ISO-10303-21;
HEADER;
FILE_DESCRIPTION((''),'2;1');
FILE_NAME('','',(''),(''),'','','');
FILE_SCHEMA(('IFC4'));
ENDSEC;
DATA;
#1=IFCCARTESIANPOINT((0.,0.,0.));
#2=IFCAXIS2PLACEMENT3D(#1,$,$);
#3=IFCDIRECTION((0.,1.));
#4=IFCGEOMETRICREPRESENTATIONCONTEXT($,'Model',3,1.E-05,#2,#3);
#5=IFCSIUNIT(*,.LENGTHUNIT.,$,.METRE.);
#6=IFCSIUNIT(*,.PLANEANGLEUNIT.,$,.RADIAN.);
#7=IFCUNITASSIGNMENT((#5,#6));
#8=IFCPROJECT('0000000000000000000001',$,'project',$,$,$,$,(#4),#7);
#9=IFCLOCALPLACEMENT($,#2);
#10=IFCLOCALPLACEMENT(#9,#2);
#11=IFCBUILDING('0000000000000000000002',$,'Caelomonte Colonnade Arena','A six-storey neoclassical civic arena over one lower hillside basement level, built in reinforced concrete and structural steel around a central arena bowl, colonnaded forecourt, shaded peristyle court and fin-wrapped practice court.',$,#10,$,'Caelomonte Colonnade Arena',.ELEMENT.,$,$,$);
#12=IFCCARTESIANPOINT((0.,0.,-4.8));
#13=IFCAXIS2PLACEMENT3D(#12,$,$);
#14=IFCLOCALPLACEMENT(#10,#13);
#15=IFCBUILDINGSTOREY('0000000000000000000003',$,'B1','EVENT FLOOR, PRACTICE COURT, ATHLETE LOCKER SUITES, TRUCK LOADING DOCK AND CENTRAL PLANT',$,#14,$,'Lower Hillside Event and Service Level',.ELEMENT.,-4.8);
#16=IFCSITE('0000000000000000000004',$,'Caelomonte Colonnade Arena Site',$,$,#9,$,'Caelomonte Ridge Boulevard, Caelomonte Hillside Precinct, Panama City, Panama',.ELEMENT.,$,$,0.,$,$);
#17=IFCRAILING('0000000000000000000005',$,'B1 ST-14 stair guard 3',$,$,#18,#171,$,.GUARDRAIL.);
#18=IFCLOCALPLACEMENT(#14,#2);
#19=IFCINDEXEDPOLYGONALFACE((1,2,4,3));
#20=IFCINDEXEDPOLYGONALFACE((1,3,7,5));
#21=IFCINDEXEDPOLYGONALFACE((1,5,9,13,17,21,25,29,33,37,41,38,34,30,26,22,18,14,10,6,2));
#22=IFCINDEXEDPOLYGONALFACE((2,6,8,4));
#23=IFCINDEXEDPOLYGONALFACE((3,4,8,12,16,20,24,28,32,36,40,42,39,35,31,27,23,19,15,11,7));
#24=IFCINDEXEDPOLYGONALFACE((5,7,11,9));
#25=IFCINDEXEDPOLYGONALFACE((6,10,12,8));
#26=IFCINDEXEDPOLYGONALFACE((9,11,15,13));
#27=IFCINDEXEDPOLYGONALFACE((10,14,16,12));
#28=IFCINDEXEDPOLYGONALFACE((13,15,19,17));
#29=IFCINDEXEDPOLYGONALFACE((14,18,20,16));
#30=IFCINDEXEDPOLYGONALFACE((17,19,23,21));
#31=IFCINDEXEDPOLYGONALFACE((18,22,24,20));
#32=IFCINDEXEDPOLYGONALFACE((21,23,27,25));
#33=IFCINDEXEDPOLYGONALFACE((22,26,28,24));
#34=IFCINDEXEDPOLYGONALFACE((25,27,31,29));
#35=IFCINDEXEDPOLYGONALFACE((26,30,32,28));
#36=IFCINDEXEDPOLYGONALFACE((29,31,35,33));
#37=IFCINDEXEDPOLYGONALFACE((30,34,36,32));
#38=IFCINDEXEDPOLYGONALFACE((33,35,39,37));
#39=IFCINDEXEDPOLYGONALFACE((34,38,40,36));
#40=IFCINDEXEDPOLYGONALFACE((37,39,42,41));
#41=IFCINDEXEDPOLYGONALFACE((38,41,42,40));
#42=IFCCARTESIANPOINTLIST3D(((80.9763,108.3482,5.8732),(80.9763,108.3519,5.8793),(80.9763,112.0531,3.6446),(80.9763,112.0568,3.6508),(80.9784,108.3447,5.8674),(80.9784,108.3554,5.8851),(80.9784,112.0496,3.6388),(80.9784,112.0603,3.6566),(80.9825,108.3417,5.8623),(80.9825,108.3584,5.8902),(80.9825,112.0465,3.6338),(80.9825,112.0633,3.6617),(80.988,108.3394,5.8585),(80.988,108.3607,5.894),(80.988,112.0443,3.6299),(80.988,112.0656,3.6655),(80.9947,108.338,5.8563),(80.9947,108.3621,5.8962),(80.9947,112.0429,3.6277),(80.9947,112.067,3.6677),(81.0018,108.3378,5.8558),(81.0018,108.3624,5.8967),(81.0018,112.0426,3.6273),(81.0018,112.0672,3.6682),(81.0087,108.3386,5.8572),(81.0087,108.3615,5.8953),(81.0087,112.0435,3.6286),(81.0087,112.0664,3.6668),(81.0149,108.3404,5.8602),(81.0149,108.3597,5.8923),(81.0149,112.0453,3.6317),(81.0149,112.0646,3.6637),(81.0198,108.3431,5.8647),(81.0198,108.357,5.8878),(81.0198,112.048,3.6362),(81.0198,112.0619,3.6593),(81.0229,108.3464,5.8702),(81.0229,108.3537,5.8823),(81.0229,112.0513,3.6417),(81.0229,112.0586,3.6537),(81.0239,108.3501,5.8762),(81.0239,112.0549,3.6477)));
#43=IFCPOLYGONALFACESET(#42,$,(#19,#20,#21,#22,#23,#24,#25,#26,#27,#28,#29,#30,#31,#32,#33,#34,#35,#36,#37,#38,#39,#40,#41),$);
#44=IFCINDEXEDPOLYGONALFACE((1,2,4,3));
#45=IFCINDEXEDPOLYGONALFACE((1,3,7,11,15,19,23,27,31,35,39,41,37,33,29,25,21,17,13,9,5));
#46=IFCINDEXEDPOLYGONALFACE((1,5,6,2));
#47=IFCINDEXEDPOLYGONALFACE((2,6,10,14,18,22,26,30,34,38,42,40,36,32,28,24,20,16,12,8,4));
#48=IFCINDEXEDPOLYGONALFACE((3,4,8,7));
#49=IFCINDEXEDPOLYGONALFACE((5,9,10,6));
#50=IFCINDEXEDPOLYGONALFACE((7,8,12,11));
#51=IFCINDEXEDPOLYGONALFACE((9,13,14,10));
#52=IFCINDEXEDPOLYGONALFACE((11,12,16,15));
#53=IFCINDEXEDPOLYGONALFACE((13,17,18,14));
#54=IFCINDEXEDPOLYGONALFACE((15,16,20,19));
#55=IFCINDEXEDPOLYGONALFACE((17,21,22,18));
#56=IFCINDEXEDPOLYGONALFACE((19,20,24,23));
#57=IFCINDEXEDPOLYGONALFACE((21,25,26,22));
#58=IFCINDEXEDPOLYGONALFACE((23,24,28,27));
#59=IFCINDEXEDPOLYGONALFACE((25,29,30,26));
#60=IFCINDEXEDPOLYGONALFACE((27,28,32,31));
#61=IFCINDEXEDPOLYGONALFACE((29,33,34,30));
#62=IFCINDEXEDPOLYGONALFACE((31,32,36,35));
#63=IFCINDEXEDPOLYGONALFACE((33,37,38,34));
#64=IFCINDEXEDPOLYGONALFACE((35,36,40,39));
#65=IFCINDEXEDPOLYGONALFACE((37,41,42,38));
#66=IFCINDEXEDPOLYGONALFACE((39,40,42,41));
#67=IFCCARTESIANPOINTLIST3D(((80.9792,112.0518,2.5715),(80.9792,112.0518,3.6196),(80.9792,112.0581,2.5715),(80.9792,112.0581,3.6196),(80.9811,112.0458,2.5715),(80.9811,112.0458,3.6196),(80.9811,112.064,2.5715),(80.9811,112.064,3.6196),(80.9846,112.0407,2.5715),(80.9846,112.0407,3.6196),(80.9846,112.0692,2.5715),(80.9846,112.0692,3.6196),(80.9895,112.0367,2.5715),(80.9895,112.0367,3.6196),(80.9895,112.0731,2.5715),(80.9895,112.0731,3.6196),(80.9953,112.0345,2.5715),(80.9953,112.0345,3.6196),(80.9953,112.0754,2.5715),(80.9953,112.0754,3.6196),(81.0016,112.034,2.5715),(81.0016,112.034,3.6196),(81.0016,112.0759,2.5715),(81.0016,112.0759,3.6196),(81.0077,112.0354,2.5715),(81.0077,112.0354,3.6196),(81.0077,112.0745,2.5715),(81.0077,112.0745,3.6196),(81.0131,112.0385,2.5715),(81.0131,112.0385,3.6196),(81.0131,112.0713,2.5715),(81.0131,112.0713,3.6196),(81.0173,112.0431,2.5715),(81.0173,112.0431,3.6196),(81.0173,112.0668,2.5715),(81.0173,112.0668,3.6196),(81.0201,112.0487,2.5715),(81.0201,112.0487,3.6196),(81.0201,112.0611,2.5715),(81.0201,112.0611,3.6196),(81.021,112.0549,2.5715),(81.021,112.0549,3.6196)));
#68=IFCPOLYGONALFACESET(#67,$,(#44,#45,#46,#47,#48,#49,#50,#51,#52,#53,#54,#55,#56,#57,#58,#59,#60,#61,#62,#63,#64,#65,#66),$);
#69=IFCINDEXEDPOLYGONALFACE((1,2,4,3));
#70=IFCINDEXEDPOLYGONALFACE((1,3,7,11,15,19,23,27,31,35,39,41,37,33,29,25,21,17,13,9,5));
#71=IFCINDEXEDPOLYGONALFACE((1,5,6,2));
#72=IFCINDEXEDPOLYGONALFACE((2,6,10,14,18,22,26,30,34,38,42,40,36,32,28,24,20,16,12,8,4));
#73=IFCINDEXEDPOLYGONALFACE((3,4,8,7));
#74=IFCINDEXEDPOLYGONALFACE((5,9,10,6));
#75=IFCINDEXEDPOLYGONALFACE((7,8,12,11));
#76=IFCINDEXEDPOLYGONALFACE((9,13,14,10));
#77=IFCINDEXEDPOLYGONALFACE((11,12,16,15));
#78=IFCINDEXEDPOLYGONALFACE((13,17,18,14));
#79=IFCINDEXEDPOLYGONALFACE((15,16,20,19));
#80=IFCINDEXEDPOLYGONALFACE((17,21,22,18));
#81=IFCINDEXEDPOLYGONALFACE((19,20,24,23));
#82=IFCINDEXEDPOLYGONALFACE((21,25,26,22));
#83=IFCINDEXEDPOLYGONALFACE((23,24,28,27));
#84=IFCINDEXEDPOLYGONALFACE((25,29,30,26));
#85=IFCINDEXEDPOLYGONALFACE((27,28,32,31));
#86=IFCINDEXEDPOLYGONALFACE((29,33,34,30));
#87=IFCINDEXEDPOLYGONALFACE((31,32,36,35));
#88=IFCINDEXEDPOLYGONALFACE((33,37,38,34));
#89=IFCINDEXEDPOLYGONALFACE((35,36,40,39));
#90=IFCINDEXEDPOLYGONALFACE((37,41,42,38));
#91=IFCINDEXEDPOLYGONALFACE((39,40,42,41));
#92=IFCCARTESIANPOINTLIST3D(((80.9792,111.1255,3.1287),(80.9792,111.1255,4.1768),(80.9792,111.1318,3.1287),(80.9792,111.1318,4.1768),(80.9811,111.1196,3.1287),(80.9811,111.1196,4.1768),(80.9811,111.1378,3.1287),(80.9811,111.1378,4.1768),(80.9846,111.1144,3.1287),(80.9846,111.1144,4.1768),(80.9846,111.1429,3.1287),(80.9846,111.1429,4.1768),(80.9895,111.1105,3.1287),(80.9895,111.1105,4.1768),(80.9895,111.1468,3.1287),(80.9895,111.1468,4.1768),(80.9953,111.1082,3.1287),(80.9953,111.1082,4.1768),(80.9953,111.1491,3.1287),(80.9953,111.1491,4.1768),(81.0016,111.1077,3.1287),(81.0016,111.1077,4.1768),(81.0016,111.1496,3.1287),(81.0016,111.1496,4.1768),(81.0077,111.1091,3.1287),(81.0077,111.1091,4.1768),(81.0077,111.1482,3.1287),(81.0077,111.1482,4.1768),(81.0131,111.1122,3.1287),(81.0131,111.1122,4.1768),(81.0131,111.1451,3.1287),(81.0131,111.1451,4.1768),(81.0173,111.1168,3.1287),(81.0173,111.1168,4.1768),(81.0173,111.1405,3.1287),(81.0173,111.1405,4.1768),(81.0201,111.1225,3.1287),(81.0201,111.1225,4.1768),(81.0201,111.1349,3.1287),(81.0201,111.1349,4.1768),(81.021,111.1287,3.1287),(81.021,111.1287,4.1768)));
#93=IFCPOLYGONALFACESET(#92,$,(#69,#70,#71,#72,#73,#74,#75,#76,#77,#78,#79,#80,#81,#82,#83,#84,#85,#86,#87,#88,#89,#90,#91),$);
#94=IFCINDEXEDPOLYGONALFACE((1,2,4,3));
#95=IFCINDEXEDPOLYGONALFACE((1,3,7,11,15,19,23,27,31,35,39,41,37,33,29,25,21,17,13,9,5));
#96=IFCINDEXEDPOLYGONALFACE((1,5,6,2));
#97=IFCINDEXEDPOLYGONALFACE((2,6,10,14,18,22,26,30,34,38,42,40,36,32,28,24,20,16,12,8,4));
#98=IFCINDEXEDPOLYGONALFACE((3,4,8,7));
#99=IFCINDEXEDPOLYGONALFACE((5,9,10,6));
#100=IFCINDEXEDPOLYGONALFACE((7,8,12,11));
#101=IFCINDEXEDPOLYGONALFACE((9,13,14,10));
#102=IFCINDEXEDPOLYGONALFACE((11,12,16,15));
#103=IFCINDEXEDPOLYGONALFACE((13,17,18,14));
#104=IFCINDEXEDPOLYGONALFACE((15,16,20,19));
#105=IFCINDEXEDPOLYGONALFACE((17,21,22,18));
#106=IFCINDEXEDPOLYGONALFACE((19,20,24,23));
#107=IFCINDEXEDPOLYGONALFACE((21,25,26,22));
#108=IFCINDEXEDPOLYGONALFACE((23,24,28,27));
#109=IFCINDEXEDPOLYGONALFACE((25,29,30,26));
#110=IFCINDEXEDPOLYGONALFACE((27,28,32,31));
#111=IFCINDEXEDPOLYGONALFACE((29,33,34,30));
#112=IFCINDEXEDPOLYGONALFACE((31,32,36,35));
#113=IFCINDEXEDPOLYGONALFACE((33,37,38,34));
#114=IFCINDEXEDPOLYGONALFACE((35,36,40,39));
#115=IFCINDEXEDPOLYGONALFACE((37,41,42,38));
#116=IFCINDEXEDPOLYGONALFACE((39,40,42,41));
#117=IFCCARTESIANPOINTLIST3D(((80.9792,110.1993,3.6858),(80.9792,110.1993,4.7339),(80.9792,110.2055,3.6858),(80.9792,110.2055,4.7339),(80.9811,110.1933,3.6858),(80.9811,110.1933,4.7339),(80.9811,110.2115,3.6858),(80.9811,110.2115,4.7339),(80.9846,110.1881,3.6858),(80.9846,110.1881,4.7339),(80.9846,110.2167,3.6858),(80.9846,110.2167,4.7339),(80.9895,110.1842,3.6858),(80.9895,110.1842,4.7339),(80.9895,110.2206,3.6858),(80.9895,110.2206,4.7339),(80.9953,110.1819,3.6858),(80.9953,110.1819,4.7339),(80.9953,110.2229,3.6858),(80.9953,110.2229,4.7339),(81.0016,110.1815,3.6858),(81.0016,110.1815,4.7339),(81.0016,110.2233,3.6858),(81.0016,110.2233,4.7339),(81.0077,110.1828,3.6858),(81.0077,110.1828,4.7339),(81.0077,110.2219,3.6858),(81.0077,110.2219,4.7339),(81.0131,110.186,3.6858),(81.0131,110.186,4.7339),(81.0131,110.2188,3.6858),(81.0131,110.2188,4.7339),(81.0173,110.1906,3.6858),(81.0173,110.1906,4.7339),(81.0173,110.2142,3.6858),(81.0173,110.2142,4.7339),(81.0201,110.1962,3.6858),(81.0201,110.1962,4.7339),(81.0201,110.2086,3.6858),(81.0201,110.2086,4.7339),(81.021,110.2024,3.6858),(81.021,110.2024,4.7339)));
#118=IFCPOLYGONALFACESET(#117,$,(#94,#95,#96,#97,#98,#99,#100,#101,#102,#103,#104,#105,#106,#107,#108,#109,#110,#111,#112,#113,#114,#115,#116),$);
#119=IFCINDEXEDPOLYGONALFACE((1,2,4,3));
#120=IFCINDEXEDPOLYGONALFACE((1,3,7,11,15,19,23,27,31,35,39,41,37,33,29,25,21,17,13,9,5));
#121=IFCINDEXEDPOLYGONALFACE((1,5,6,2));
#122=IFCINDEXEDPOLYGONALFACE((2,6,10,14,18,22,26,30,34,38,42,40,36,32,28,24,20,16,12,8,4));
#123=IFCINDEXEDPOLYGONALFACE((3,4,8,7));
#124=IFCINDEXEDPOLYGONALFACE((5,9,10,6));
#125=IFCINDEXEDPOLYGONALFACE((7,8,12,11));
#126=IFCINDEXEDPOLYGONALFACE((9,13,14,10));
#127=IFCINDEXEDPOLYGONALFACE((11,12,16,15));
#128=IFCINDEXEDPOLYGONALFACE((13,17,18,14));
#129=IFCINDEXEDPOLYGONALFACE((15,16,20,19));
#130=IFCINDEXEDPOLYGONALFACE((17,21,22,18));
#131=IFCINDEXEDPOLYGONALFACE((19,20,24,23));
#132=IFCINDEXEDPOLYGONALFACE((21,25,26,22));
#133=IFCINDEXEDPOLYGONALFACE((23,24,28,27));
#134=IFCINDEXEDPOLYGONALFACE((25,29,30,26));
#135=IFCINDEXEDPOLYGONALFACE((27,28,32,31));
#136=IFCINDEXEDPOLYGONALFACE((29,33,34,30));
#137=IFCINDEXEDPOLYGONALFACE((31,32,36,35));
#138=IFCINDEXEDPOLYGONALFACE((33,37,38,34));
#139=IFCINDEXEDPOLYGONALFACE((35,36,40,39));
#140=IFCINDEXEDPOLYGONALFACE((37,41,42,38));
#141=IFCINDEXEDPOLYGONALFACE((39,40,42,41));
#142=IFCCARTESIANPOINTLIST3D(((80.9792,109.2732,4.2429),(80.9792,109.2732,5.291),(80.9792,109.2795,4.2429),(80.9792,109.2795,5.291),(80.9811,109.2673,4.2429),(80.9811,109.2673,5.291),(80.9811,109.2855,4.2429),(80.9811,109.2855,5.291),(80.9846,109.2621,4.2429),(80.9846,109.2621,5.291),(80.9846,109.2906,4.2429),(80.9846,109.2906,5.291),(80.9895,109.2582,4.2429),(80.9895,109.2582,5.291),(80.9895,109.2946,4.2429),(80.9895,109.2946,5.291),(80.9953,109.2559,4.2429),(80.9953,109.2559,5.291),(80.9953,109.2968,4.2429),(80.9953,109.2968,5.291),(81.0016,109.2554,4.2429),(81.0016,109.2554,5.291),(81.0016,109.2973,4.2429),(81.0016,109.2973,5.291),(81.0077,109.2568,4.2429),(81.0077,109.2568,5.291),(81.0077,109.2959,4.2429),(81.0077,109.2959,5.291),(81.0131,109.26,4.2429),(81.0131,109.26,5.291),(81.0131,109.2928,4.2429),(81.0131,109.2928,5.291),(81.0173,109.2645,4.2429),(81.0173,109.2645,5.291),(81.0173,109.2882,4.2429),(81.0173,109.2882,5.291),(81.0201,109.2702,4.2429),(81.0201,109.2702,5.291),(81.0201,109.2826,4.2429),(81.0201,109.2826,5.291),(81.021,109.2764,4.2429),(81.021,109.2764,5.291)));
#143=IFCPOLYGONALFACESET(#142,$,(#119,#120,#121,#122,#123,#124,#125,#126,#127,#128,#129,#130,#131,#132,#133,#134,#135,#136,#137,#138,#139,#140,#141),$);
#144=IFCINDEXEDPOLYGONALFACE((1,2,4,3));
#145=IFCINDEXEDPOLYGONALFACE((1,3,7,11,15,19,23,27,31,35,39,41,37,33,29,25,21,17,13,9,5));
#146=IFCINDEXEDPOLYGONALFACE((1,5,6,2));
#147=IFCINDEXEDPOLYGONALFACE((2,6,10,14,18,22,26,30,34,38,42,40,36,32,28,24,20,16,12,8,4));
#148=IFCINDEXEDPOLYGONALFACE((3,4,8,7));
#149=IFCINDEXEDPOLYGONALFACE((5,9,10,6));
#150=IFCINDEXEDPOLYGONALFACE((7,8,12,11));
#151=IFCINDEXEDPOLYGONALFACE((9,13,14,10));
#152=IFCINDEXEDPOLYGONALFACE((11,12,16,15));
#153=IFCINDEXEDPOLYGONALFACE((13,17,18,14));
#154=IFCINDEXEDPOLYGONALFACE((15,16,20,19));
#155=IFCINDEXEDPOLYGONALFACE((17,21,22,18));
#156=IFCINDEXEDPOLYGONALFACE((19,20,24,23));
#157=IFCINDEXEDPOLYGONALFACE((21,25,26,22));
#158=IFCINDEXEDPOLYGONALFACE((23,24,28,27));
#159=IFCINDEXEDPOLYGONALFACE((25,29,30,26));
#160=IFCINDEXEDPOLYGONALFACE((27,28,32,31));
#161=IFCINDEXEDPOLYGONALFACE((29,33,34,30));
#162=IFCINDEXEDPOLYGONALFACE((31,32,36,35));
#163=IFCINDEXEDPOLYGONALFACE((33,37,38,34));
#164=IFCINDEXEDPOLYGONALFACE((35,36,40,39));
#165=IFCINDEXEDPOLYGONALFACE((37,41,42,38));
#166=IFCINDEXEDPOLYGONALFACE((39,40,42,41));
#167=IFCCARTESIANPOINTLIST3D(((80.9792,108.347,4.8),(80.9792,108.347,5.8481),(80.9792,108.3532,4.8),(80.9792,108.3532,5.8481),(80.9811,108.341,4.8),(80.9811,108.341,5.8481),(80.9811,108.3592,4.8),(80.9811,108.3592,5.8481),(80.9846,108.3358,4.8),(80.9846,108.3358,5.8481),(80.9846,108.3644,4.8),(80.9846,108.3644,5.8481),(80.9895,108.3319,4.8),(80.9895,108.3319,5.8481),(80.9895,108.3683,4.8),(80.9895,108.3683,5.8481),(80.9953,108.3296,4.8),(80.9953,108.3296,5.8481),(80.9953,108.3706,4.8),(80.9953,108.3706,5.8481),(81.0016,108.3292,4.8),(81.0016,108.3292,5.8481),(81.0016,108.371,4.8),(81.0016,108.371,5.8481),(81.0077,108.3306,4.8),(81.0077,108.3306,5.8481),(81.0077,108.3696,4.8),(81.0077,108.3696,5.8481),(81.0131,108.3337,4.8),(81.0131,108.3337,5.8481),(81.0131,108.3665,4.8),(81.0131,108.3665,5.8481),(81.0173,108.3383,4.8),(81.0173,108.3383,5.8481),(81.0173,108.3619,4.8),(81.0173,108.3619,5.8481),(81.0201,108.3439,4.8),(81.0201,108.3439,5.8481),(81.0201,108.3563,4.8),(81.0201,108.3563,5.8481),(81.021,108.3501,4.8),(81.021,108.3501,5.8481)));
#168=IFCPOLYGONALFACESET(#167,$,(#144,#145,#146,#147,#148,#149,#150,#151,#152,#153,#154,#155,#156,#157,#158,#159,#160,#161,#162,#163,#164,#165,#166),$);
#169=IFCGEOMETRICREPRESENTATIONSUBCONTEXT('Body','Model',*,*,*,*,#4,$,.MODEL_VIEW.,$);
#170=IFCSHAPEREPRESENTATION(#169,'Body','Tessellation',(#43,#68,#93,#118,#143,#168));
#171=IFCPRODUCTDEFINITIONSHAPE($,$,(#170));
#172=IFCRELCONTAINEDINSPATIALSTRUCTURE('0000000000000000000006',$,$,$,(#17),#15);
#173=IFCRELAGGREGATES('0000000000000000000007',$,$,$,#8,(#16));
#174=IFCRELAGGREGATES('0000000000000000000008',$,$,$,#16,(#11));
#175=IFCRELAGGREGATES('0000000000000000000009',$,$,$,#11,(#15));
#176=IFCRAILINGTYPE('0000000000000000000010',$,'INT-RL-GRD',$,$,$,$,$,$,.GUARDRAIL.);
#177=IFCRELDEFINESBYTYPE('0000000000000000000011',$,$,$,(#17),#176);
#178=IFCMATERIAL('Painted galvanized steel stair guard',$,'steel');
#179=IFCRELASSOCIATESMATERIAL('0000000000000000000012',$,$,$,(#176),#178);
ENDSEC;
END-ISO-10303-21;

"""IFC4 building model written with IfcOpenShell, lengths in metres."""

from ifc_helpers import new_model, si_unit, direction, frame, origin, origin_2d, place, context, subcontext, project, spatial, circle, extrude, material, type_object, element, save


model = new_model("IFC4")

# Units and contexts
model_context = context("Model", 3, precision=1e-05, world=origin(), true_north=direction((0.0, 1.0)))
body_context = subcontext(model_context, "Body", "Model", "MODEL_VIEW")
ifc_project = project(units=[si_unit("LENGTHUNIT", "METRE"), si_unit("PLANEANGLEUNIT", "RADIAN")], contexts=[model_context])

# Site, building, storey
site_placement = place(None, origin())
site = spatial("IfcSite", under=ifc_project, at=site_placement, Name="Caelomonte Colonnade Arena Site", LongName="Caelomonte Ridge Boulevard, Caelomonte Hillside Precinct, Panama City, Panama", CompositionType="ELEMENT", RefElevation=0.0)
building_placement = place(site_placement, origin())
building = spatial("IfcBuilding", under=site, at=building_placement, Name="Caelomonte Colonnade Arena", Description="A six-storey neoclassical civic arena over one lower hillside basement level, built in reinforced concrete and structural steel around a central arena bowl, colonnaded forecourt, shaded peristyle court and fin-wrapped practice court.", LongName="Caelomonte Colonnade Arena", CompositionType="ELEMENT")
storey_placement = place(building_placement, frame((0.0, 0.0, -4.8)))
storey = spatial("IfcBuildingStorey", under=building, at=storey_placement, Name="B1", Description="EVENT FLOOR, PRACTICE COURT, ATHLETE LOCKER SUITES, TRUCK LOADING DOCK AND CENTRAL PLANT", LongName="Lower Hillside Event and Service Level", CompositionType="ELEMENT", Elevation=-4.8)

# Railing
ifc_material_1 = material(Name="Painted galvanized steel stair guard", Category="steel")
railing_type_1 = type_object("IfcRailingType", Name="INT-RL-GRD", PredefinedType="GUARDRAIL", material=ifc_material_1)
railing_1_placement = place(storey_placement, frame((81.0, 112.0549, 2.5715)))
element("IfcRailing", 1, at=railing_1_placement, inside=storey, type_object=railing_type_1, Name="B1 ST-14 stair guard 3", PredefinedType="GUARDRAIL", context=body_context, shape_type="SweptSolid", body=[
    extrude(circle(Radius=0.0239, at=origin_2d()), frame((0.0, 0.0, 1.0762), z_axis=(0.0, -0.856919, 0.51545), x_axis=(1.0, 0.0, 0.0)), (0.0, 0.0, 1.0), 4.3235),
    extrude(circle(Radius=0.021, at=origin_2d()), origin(), (0.0, 0.0, 1.0), 1.0481),
    extrude(circle(Radius=0.021, at=origin_2d()), frame((0.0, -0.9263, 0.5571)), (0.0, 0.0, 1.0), 1.0481),
    extrude(circle(Radius=0.021, at=origin_2d()), frame((0.0, -1.8525, 1.1143)), (0.0, 0.0, 1.0), 1.0481),
    extrude(circle(Radius=0.021, at=origin_2d()), frame((0.0, -2.7786, 1.6714)), (0.0, 0.0, 1.0), 1.0481),
    extrude(circle(Radius=0.021, at=origin_2d()), frame((0.0, -3.7048, 2.2285)), (0.0, 0.0, 1.0), 1.0481),
])

save(model, "model.ifc")
